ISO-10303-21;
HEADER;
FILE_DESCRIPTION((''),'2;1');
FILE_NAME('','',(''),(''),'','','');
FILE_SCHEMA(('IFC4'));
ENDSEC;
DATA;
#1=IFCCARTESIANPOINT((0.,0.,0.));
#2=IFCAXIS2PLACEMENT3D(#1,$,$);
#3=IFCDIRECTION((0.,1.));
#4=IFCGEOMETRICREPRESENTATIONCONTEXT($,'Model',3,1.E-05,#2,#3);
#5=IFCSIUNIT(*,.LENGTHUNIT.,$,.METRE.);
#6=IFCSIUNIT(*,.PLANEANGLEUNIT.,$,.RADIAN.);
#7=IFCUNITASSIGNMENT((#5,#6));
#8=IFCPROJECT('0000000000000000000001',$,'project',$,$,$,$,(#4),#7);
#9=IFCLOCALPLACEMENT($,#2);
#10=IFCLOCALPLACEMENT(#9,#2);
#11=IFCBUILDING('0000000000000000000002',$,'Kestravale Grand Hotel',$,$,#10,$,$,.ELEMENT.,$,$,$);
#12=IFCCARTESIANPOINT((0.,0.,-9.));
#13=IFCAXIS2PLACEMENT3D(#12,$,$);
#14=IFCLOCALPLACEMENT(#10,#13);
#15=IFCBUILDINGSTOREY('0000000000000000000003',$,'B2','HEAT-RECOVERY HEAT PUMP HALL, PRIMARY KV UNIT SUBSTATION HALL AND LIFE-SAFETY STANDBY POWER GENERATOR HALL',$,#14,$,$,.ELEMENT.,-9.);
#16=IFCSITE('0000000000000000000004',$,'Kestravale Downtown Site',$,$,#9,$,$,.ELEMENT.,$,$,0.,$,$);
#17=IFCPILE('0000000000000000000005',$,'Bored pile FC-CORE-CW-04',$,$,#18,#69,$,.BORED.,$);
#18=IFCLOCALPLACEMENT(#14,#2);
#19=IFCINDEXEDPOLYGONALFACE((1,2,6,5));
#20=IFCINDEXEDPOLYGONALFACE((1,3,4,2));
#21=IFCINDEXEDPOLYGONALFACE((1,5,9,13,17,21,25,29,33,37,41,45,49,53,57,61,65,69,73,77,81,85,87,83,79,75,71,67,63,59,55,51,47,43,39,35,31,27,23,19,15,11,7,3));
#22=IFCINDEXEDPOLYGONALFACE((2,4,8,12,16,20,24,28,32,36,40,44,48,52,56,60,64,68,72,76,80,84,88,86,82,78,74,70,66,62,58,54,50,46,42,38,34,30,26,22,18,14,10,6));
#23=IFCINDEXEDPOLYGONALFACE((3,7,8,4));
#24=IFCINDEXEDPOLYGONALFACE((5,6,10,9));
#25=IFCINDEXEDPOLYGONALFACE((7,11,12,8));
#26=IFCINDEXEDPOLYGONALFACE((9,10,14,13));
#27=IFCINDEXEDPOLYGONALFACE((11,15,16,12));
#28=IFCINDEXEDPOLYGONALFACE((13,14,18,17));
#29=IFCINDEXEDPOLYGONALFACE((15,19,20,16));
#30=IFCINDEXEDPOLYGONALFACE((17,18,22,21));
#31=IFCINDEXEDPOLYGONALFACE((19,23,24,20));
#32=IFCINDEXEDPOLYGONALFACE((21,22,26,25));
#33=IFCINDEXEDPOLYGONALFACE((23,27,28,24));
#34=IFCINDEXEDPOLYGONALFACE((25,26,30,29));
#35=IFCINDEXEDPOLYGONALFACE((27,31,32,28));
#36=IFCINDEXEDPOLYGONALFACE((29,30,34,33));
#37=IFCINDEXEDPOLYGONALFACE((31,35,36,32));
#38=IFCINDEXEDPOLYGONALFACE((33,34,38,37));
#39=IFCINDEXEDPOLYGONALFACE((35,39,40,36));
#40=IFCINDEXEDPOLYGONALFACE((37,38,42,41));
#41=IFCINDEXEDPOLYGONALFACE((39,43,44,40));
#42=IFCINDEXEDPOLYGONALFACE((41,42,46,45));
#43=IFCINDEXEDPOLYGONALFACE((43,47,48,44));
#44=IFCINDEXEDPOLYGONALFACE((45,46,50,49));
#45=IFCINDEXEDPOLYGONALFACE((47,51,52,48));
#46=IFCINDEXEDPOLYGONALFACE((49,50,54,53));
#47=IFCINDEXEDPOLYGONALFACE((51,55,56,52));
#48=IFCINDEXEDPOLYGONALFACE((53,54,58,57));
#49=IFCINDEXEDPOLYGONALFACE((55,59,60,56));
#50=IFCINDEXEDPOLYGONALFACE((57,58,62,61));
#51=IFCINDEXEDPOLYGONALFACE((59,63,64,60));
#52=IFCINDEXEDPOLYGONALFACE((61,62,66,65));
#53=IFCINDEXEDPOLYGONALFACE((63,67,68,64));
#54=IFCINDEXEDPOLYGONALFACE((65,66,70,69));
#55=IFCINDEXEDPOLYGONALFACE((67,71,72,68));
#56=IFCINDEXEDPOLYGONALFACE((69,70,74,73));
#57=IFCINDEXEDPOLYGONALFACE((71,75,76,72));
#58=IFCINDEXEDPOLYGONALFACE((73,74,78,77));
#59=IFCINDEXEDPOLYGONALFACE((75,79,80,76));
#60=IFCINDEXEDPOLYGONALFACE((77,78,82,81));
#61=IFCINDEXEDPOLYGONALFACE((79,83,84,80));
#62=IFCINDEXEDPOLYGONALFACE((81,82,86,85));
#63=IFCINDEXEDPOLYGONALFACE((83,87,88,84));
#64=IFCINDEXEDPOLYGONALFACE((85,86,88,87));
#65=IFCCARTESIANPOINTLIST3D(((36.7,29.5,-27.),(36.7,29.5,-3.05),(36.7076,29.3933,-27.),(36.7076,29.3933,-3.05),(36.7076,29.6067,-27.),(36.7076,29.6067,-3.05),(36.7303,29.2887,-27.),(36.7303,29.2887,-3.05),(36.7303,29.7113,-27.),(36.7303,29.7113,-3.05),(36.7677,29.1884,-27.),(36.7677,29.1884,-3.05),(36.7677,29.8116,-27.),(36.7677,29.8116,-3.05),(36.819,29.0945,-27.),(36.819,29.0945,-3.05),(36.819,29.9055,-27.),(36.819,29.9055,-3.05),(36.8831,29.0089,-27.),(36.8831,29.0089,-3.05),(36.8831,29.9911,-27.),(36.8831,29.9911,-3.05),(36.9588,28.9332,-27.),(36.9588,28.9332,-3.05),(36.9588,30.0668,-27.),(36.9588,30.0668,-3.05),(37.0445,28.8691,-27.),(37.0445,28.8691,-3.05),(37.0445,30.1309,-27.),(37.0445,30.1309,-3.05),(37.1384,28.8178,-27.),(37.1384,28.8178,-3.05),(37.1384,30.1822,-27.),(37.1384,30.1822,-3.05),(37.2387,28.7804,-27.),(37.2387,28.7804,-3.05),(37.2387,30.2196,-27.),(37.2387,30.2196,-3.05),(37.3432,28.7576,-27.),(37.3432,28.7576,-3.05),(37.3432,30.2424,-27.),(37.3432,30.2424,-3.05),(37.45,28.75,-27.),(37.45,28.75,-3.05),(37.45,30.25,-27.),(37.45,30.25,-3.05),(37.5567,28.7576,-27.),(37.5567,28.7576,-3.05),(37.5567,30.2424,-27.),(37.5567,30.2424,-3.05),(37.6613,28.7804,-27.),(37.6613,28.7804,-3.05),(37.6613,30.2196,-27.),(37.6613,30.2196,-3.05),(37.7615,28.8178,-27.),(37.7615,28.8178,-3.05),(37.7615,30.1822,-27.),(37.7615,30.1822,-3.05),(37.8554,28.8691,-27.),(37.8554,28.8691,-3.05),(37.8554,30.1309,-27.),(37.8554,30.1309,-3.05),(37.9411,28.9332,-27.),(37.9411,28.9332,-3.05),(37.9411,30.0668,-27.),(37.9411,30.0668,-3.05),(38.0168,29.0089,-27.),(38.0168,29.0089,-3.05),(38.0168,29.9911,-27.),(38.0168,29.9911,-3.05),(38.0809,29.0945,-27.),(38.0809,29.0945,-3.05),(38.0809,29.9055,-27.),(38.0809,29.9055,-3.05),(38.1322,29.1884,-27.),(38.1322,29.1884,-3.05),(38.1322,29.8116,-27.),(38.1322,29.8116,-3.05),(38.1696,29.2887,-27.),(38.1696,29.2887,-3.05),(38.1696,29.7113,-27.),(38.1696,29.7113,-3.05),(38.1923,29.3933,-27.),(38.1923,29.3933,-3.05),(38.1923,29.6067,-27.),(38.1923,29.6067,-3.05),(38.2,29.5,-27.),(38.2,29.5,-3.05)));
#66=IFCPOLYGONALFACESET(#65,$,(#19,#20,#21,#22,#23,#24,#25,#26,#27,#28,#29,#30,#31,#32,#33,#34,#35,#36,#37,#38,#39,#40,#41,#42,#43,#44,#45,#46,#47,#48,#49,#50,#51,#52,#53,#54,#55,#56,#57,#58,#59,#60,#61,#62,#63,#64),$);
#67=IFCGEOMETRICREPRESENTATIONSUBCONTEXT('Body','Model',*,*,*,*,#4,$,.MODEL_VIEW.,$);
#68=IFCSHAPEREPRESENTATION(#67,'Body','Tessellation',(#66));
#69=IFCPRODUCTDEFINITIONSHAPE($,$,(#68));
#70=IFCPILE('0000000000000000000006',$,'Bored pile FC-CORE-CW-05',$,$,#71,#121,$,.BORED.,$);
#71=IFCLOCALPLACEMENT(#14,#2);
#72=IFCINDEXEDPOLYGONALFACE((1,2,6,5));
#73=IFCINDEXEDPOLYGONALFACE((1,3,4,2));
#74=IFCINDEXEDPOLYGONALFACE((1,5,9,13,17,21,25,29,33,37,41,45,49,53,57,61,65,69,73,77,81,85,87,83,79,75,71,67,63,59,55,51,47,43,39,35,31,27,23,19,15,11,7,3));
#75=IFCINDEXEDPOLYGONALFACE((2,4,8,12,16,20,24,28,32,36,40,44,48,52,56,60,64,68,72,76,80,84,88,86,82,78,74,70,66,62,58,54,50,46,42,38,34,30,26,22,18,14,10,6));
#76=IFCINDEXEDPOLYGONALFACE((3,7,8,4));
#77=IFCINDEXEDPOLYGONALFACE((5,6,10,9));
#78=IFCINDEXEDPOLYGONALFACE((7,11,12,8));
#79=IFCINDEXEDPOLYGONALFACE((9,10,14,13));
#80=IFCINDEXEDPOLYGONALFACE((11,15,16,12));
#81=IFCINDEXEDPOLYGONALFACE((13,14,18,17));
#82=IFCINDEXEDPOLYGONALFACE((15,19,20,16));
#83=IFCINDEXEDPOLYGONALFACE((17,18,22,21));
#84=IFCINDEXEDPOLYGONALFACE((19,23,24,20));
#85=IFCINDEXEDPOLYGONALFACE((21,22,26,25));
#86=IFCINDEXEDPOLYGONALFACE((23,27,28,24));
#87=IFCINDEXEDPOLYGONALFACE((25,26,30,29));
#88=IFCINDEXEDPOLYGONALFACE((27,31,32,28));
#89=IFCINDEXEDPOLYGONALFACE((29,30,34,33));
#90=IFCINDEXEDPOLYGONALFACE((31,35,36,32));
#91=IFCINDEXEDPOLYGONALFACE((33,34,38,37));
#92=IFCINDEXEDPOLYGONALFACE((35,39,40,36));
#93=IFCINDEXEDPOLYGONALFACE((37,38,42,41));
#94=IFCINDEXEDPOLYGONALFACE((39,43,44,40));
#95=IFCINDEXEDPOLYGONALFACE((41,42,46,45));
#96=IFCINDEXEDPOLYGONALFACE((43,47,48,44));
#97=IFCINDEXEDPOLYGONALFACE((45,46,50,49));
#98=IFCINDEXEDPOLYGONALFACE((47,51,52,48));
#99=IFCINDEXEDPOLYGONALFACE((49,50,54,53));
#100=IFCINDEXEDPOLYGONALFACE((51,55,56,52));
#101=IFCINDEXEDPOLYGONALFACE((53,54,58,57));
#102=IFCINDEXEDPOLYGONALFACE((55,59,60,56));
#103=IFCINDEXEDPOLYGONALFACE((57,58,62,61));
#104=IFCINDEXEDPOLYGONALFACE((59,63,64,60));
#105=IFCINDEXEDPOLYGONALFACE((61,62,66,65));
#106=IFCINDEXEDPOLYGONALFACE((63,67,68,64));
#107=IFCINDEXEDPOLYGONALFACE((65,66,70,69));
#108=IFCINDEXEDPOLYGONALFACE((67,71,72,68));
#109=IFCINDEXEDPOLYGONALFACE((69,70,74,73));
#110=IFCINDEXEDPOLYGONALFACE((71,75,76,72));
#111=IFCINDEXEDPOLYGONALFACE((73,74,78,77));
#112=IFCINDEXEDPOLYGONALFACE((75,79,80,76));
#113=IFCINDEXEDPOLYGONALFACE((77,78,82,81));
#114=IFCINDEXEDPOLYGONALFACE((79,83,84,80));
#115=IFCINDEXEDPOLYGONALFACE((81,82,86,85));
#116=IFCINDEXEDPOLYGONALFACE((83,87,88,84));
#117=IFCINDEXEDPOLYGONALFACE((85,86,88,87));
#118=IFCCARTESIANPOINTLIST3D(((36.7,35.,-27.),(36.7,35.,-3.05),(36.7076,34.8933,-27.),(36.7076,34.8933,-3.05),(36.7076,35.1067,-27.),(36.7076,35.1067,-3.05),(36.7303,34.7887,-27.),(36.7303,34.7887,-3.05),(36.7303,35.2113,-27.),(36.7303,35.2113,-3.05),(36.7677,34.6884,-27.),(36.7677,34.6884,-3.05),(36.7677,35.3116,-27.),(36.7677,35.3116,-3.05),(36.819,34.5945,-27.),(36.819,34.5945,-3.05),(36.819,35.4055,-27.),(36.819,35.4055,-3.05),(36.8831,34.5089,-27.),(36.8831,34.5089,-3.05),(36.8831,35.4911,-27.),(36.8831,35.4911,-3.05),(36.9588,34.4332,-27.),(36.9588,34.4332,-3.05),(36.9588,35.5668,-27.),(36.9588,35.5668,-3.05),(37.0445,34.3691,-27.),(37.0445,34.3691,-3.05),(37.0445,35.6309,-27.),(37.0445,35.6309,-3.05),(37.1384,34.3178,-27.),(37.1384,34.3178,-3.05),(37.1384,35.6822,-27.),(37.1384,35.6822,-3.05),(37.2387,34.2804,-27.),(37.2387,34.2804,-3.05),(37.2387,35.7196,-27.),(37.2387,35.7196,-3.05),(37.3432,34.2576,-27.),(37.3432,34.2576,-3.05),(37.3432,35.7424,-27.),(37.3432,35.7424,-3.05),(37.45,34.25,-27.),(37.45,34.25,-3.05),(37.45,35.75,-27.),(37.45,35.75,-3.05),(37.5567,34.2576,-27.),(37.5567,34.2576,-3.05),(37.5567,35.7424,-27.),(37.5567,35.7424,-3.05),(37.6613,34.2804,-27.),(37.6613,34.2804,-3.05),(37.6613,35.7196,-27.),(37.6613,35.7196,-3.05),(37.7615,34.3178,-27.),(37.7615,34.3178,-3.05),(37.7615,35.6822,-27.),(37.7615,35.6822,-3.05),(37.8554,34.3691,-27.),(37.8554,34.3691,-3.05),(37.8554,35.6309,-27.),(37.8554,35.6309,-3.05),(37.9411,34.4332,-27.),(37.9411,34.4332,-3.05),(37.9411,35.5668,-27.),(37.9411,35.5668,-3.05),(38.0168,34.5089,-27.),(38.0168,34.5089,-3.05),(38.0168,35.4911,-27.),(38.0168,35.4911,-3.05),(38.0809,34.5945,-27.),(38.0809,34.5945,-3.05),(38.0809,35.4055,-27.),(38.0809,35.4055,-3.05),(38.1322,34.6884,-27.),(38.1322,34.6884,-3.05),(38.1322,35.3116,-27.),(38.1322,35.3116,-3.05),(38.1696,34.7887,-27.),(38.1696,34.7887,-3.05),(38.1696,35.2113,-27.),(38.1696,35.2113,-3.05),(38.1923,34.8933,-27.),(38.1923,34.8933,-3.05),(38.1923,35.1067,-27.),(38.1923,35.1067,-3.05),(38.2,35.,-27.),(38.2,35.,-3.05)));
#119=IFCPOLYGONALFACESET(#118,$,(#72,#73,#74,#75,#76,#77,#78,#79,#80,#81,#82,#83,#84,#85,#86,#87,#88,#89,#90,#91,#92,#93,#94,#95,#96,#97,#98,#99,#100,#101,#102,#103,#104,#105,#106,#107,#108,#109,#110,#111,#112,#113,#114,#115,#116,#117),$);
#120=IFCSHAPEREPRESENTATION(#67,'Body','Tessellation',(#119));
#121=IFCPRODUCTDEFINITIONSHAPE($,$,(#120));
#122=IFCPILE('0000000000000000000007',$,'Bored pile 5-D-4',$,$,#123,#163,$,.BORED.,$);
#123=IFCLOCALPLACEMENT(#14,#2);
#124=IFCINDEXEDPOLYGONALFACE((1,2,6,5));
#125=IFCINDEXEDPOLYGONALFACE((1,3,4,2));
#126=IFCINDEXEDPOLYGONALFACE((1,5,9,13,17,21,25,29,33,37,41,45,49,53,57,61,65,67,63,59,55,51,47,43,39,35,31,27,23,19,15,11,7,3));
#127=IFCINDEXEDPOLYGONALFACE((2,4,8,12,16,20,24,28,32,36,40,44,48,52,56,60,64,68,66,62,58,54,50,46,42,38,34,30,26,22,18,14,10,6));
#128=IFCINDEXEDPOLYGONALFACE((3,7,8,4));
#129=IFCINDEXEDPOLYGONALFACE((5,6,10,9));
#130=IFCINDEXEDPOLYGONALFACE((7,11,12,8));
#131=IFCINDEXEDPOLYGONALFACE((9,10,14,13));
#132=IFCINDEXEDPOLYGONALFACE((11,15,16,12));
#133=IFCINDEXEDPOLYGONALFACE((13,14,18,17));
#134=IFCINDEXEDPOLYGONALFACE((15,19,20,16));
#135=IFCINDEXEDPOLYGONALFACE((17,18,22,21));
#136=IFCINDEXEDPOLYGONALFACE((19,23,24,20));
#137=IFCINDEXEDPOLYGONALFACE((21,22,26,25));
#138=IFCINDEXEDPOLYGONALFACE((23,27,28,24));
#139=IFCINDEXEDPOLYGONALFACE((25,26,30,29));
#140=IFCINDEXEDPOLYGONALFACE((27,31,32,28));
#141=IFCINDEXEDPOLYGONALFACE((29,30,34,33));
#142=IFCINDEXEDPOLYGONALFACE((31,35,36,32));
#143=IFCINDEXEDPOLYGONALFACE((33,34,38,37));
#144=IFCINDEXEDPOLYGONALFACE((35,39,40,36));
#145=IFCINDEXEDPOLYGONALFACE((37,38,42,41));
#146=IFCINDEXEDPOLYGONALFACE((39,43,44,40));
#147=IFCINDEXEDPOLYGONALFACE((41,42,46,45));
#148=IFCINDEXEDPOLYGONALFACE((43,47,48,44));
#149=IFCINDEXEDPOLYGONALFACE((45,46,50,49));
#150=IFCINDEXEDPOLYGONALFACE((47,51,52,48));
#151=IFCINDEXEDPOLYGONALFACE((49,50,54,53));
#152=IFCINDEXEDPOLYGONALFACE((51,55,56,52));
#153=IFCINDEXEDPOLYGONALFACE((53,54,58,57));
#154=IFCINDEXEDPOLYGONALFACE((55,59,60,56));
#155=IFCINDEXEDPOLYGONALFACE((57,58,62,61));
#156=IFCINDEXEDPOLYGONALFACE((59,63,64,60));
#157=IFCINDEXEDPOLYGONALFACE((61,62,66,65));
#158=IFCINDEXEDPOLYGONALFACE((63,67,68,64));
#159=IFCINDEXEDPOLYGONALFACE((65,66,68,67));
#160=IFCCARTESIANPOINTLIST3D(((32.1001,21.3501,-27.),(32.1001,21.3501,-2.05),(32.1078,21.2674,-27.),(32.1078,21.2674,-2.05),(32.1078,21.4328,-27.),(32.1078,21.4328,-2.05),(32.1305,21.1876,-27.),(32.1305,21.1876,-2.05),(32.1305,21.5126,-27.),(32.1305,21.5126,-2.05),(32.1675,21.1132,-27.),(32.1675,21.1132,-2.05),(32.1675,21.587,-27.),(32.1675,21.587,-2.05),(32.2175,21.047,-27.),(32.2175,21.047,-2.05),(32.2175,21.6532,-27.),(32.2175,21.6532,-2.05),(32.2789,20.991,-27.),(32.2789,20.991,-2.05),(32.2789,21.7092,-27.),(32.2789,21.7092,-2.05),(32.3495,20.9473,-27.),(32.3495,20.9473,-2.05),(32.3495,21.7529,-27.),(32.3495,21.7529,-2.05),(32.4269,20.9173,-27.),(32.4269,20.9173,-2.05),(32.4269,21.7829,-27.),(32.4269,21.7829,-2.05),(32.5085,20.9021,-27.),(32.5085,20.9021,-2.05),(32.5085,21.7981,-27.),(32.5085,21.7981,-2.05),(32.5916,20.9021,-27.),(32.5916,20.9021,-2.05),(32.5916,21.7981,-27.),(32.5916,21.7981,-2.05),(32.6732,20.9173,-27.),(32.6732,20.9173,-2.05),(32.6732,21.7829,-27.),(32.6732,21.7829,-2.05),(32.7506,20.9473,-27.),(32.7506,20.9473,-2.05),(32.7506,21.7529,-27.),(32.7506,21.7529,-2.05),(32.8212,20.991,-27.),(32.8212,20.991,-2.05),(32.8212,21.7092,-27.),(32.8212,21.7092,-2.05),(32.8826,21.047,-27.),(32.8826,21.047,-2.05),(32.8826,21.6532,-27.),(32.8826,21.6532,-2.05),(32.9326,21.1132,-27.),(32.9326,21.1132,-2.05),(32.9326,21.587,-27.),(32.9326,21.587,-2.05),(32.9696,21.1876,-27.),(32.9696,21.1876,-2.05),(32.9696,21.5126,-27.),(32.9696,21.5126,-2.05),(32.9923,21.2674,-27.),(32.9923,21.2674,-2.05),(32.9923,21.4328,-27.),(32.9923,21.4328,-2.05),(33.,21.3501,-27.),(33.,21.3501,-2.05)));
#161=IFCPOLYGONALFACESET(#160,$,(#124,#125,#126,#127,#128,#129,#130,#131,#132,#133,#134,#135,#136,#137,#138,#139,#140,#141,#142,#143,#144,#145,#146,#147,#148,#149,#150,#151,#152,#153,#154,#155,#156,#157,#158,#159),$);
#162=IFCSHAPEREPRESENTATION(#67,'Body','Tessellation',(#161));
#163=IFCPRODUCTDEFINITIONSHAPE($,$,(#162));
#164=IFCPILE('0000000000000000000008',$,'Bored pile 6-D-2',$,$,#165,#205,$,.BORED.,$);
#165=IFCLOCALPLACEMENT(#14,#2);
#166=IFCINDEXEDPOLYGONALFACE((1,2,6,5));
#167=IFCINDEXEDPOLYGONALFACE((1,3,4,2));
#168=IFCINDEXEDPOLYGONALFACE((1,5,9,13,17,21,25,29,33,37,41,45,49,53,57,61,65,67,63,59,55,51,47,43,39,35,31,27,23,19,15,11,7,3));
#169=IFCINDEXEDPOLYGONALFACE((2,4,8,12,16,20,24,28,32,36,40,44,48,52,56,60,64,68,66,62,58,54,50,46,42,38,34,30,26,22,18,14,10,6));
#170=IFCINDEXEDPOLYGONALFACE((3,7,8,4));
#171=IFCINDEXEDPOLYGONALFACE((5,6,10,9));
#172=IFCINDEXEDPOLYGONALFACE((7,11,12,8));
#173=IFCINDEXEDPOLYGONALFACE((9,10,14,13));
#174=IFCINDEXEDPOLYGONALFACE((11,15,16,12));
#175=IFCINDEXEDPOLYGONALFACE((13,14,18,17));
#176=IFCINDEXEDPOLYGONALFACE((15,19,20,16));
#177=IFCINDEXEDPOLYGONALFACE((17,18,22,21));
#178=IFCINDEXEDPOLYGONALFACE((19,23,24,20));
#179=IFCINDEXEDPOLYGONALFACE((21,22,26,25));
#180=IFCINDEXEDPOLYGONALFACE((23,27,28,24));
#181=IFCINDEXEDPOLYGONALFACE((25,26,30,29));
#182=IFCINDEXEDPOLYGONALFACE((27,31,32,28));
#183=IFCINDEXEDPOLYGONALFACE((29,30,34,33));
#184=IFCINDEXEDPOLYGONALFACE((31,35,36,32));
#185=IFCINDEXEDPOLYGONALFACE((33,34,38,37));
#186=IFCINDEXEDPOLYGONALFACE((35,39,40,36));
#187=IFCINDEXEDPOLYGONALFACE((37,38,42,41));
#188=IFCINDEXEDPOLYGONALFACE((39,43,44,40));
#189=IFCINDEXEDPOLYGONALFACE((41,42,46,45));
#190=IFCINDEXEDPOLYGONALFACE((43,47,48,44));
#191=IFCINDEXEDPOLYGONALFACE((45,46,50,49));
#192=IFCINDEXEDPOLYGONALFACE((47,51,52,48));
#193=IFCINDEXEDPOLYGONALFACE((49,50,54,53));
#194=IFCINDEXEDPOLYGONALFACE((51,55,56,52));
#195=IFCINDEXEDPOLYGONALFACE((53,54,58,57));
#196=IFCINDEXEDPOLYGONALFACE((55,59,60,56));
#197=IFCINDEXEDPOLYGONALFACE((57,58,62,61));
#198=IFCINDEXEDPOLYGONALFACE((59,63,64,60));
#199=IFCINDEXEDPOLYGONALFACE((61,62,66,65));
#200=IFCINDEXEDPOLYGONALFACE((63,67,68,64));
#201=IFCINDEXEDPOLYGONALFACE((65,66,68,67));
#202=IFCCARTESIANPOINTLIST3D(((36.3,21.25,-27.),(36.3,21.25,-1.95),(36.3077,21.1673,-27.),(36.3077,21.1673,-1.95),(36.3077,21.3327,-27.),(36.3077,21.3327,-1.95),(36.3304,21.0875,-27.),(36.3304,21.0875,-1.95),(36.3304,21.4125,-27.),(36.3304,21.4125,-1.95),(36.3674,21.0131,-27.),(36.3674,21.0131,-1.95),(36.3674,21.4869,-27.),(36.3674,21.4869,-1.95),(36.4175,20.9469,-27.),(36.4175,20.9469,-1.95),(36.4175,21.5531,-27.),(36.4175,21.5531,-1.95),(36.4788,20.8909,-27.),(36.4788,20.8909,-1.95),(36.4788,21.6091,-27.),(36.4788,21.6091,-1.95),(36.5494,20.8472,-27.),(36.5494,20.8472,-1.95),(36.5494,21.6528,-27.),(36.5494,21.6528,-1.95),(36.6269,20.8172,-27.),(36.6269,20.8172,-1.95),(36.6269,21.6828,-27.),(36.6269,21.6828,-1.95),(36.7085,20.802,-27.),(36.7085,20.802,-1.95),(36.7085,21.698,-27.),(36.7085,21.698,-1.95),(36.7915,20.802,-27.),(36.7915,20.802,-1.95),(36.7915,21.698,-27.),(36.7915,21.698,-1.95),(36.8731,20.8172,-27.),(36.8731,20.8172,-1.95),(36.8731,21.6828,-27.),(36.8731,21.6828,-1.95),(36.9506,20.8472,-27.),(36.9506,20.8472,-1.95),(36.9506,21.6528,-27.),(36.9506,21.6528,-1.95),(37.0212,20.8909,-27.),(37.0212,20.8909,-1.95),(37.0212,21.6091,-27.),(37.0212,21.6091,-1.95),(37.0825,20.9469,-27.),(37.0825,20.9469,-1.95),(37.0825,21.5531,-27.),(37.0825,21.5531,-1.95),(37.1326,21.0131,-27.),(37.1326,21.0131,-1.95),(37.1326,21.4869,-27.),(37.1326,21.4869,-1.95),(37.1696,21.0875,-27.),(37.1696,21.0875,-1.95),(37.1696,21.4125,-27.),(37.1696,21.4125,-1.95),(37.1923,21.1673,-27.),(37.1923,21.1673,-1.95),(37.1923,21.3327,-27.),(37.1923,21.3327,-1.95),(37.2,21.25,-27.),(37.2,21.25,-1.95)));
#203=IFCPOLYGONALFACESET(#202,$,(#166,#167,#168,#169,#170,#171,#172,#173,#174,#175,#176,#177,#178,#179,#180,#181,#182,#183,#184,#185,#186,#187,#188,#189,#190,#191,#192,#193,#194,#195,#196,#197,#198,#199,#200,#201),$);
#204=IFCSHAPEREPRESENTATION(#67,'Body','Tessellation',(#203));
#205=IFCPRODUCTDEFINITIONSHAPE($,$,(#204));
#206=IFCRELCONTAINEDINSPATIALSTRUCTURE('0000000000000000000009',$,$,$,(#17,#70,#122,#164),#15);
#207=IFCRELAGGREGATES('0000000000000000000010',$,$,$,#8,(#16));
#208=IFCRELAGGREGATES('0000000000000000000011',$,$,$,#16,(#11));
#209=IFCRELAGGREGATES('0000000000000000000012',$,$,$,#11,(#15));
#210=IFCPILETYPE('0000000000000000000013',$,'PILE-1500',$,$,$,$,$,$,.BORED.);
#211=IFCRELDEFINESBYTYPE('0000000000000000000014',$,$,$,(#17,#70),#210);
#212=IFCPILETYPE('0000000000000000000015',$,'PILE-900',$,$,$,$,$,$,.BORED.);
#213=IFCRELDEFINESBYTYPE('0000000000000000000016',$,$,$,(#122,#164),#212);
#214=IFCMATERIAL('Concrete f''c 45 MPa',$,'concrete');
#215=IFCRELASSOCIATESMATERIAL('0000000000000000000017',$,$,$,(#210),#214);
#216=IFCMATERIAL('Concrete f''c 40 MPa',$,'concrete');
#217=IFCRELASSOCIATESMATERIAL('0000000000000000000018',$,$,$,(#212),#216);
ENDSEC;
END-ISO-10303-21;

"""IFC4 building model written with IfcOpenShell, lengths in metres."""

from ifc_helpers import new_model, si_unit, direction, frame, origin, origin_2d, place, context, subcontext, project, spatial, circle, extrude, material, material_profile, profile_set, type_object, element, save


model = new_model("IFC4")

# Units and contexts
model_context = context("Model", 3, precision=1e-05, world=origin(), true_north=direction((0.0, 1.0)))
body_context = subcontext(model_context, "Body", "Model", "MODEL_VIEW")
ifc_project = project(units=[si_unit("LENGTHUNIT", "METRE"), si_unit("PLANEANGLEUNIT", "RADIAN")], contexts=[model_context])

# Site, building, storey
site_placement = place(None, origin())
site = spatial("IfcSite", under=ifc_project, at=site_placement, Name="Kestravale Downtown Site", CompositionType="ELEMENT", RefElevation=0.0)
building_placement = place(site_placement, origin())
building = spatial("IfcBuilding", under=site, at=building_placement, Name="Kestravale Grand Hotel", CompositionType="ELEMENT")
storey_placement = place(building_placement, frame((0.0, 0.0, -9.0)))
storey = spatial("IfcBuildingStorey", under=building, at=storey_placement, Name="B2", Description="HEAT-RECOVERY HEAT PUMP HALL, PRIMARY KV UNIT SUBSTATION HALL AND LIFE-SAFETY STANDBY POWER GENERATOR HALL", CompositionType="ELEMENT", Elevation=-9.0)

# Piles
ifc_material_1 = material(Name="Concrete f'c 45 MPa", Category="concrete")
ifc_material_profile_1 = material_profile(ifc_material_1, circle(Radius=0.75, at=origin_2d()))
ifc_profile_set_1 = profile_set([ifc_material_profile_1], Name="Concrete f'c 45 MPa")
pile_type_1 = type_object("IfcPileType", Name="PILE-1500", PredefinedType="BORED", material=ifc_profile_set_1)
for number, where, z_axis, x_axis, name in (
    (1, (37.45, 29.5, -3.05), (0.0, 0.0, -1.0), (1.0, 0.0, 0.0), "Bored pile FC-CORE-CW-04"),
    (2, (37.45, 35.0, -3.05), (0.0, 0.0, -1.0), (1.0, 0.0, 0.0), "Bored pile FC-CORE-CW-05"),
):
    element("IfcPile", number, at=place(storey_placement, frame(where, z_axis=z_axis, x_axis=x_axis)), inside=storey, type_object=pile_type_1, Name=name, PredefinedType="BORED", context=body_context, shape_type="SweptSolid", body=[
        extrude(circle(Radius=0.75, at=origin_2d()), origin(), (0.0, 0.0, 1.0), 23.95),
    ])
ifc_material_2 = material(Name="Concrete f'c 40 MPa", Category="concrete")
ifc_material_profile_2 = material_profile(ifc_material_2, circle(Radius=0.45, at=origin_2d()))
ifc_profile_set_2 = profile_set([ifc_material_profile_2], Name="Concrete f'c 40 MPa")
pile_type_2 = type_object("IfcPileType", Name="PILE-900", PredefinedType="BORED", material=ifc_profile_set_2)
pile_1_placement = place(storey_placement, frame((32.55, 21.3501, -2.05), z_axis=(0.0, 0.0, -1.0), x_axis=(1.0, 0.0, 0.0)))
element("IfcPile", 3, at=pile_1_placement, inside=storey, type_object=pile_type_2, Name="Bored pile 5-D-4", PredefinedType="BORED", context=body_context, shape_type="SweptSolid", body=[
    extrude(circle(Radius=0.45, at=origin_2d()), origin(), (0.0, 0.0, 1.0), 24.95),
])
pile_2_placement = place(storey_placement, frame((36.75, 21.25, -1.95), z_axis=(0.0, 0.0, -1.0), x_axis=(1.0, 0.0, 0.0)))
element("IfcPile", 4, at=pile_2_placement, inside=storey, type_object=pile_type_2, Name="Bored pile 6-D-2", PredefinedType="BORED", context=body_context, shape_type="SweptSolid", body=[
    extrude(circle(Radius=0.45, at=origin_2d()), origin(), (0.0, 0.0, 1.0), 25.05),
])

save(model, "model.ifc")
